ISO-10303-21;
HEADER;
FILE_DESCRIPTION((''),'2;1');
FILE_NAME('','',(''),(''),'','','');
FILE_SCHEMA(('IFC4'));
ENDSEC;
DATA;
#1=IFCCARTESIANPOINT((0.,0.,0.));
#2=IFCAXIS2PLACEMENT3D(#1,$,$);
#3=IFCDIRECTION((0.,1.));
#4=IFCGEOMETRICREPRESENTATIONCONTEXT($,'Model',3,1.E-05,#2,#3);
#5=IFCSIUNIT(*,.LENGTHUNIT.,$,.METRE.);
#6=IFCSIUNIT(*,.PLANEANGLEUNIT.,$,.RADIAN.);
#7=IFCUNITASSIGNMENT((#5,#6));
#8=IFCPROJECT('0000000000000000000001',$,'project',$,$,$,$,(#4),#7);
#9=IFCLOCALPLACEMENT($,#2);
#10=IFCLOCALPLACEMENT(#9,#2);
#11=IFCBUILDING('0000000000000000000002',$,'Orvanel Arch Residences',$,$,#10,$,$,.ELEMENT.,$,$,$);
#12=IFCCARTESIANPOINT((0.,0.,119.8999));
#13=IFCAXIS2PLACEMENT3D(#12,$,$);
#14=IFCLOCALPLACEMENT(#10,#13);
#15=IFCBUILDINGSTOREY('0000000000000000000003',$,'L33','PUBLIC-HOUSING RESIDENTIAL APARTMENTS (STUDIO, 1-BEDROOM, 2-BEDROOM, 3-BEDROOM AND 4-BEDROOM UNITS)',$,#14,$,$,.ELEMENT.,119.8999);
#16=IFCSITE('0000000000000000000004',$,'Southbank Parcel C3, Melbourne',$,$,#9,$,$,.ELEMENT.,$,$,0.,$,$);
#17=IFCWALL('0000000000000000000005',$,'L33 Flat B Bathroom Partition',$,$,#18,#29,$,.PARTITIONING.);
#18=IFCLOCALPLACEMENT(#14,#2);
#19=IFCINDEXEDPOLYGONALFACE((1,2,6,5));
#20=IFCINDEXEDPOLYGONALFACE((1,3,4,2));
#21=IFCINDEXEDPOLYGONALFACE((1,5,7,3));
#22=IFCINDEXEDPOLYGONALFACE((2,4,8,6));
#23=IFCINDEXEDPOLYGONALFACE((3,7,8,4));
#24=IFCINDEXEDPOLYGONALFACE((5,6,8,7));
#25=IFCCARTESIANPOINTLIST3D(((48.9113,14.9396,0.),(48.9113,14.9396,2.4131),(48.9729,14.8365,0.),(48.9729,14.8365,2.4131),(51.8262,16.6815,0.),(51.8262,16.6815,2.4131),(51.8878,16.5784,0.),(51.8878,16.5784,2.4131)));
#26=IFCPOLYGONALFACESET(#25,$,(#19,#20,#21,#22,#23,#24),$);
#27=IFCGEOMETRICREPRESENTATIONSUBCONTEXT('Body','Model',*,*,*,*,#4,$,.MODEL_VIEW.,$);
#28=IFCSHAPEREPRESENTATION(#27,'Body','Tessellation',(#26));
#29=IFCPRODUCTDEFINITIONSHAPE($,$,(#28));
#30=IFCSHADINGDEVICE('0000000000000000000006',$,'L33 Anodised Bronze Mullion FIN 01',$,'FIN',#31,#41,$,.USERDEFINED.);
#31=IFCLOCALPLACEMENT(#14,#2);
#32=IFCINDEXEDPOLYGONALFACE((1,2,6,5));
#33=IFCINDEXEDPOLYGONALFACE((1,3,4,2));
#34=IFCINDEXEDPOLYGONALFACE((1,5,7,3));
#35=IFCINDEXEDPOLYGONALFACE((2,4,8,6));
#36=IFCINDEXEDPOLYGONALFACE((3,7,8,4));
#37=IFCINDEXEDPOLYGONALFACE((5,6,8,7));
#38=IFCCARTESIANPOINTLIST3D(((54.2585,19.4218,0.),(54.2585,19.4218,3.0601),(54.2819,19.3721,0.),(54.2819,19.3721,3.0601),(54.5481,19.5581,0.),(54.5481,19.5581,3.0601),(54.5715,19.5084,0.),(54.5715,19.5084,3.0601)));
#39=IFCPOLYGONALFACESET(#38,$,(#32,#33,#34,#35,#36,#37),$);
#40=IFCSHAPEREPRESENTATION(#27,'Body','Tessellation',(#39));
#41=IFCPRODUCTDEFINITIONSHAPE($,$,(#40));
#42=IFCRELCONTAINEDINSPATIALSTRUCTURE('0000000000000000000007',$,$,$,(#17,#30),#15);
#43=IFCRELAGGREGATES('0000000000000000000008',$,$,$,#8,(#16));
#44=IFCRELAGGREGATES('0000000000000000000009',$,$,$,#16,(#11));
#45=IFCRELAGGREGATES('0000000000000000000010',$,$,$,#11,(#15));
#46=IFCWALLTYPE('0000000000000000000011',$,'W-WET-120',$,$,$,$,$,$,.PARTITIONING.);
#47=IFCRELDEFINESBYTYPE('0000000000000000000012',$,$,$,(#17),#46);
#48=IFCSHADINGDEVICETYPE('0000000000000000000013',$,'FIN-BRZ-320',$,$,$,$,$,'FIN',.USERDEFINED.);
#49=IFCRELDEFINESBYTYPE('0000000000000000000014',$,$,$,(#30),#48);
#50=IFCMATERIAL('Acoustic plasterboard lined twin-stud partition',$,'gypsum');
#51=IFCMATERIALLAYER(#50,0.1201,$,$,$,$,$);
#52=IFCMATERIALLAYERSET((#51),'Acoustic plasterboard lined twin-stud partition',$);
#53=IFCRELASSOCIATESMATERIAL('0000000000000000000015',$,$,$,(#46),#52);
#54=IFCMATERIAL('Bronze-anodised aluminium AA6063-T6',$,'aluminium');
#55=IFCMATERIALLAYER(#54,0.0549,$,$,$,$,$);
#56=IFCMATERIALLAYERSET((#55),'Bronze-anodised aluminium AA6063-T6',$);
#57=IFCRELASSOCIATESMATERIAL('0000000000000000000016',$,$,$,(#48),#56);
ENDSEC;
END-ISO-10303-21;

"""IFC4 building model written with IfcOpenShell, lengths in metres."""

from ifc_helpers import new_model, si_unit, direction, frame, frame_2d, origin, origin_2d, place, context, subcontext, project, spatial, rectangle, extrude, material, layer, layer_set, type_object, element, save


model = new_model("IFC4")

# Units and contexts
model_context = context("Model", 3, precision=1e-05, world=origin(), true_north=direction((0.0, 1.0)))
body_context = subcontext(model_context, "Body", "Model", "MODEL_VIEW")
ifc_project = project(units=[si_unit("LENGTHUNIT", "METRE"), si_unit("PLANEANGLEUNIT", "RADIAN")], contexts=[model_context])

# Site, building, storey
site_placement = place(None, origin())
site = spatial("IfcSite", under=ifc_project, at=site_placement, Name="Southbank Parcel C3, Melbourne", CompositionType="ELEMENT", RefElevation=0.0)
building_placement = place(site_placement, origin())
building = spatial("IfcBuilding", under=site, at=building_placement, Name="Orvanel Arch Residences", CompositionType="ELEMENT")
storey_placement = place(building_placement, frame((0.0, 0.0, 119.8999)))
storey = spatial("IfcBuildingStorey", under=building, at=storey_placement, Name="L33", Description="PUBLIC-HOUSING RESIDENTIAL APARTMENTS (STUDIO, 1-BEDROOM, 2-BEDROOM, 3-BEDROOM AND 4-BEDROOM UNITS)", CompositionType="ELEMENT", Elevation=119.8999)

# Shared definitions
ifc_material_1 = material(Name="Bronze-anodised aluminium AA6063-T6", Category="aluminium")

# Shared definitions
ifc_material_2 = material(Name="Acoustic plasterboard lined twin-stud partition", Category="gypsum")

# Wall
ifc_layer_1 = layer(ifc_material_2, 0.1201)
ifc_layer_set_1 = layer_set([ifc_layer_1], Name="Acoustic plasterboard lined twin-stud partition")
wall_type_1 = type_object("IfcWallType", Name="W-WET-120", PredefinedType="PARTITIONING", material=ifc_layer_set_1)
wall_1_placement = place(storey_placement, frame((51.8569, 16.6299, 0.0), z_axis=(0.0, 0.0, 1.0), x_axis=(-0.858411, -0.512962, 0.0)))
element("IfcWall", 1, at=wall_1_placement, inside=storey, type_object=wall_type_1, Name="L33 Flat B Bathroom Partition", PredefinedType="PARTITIONING", context=body_context, shape_type="SweptSolid", body=[
    extrude(rectangle(XDim=3.3958, YDim=0.1201, at=frame_2d((1.6978, 0.0))), origin(), (0.0, 0.0, 1.0), 2.4131),
])

# Shading device
ifc_layer_2 = layer(ifc_material_1, 0.0549)
ifc_layer_set_2 = layer_set([ifc_layer_2], Name="Bronze-anodised aluminium AA6063-T6")
shading_device_type = type_object("IfcShadingDeviceType", Name="FIN-BRZ-320", ElementType="FIN", PredefinedType="USERDEFINED", material=ifc_layer_set_2)
shading_device_placement = place(storey_placement, frame((54.415, 19.4651, 0.0), z_axis=(0.0, 0.0, 1.0), x_axis=(0.904827, 0.425779, 0.0)))
element("IfcShadingDevice", 2, at=shading_device_placement, inside=storey, type_object=shading_device_type, Name="L33 Anodised Bronze Mullion FIN 01", ObjectType="FIN", PredefinedType="USERDEFINED", context=body_context, shape_type="SweptSolid", body=[
    extrude(rectangle(XDim=0.3201, YDim=0.0549, at=origin_2d()), origin(), (0.0, 0.0, 1.0), 3.0601),
])

save(model, "model.ifc")
